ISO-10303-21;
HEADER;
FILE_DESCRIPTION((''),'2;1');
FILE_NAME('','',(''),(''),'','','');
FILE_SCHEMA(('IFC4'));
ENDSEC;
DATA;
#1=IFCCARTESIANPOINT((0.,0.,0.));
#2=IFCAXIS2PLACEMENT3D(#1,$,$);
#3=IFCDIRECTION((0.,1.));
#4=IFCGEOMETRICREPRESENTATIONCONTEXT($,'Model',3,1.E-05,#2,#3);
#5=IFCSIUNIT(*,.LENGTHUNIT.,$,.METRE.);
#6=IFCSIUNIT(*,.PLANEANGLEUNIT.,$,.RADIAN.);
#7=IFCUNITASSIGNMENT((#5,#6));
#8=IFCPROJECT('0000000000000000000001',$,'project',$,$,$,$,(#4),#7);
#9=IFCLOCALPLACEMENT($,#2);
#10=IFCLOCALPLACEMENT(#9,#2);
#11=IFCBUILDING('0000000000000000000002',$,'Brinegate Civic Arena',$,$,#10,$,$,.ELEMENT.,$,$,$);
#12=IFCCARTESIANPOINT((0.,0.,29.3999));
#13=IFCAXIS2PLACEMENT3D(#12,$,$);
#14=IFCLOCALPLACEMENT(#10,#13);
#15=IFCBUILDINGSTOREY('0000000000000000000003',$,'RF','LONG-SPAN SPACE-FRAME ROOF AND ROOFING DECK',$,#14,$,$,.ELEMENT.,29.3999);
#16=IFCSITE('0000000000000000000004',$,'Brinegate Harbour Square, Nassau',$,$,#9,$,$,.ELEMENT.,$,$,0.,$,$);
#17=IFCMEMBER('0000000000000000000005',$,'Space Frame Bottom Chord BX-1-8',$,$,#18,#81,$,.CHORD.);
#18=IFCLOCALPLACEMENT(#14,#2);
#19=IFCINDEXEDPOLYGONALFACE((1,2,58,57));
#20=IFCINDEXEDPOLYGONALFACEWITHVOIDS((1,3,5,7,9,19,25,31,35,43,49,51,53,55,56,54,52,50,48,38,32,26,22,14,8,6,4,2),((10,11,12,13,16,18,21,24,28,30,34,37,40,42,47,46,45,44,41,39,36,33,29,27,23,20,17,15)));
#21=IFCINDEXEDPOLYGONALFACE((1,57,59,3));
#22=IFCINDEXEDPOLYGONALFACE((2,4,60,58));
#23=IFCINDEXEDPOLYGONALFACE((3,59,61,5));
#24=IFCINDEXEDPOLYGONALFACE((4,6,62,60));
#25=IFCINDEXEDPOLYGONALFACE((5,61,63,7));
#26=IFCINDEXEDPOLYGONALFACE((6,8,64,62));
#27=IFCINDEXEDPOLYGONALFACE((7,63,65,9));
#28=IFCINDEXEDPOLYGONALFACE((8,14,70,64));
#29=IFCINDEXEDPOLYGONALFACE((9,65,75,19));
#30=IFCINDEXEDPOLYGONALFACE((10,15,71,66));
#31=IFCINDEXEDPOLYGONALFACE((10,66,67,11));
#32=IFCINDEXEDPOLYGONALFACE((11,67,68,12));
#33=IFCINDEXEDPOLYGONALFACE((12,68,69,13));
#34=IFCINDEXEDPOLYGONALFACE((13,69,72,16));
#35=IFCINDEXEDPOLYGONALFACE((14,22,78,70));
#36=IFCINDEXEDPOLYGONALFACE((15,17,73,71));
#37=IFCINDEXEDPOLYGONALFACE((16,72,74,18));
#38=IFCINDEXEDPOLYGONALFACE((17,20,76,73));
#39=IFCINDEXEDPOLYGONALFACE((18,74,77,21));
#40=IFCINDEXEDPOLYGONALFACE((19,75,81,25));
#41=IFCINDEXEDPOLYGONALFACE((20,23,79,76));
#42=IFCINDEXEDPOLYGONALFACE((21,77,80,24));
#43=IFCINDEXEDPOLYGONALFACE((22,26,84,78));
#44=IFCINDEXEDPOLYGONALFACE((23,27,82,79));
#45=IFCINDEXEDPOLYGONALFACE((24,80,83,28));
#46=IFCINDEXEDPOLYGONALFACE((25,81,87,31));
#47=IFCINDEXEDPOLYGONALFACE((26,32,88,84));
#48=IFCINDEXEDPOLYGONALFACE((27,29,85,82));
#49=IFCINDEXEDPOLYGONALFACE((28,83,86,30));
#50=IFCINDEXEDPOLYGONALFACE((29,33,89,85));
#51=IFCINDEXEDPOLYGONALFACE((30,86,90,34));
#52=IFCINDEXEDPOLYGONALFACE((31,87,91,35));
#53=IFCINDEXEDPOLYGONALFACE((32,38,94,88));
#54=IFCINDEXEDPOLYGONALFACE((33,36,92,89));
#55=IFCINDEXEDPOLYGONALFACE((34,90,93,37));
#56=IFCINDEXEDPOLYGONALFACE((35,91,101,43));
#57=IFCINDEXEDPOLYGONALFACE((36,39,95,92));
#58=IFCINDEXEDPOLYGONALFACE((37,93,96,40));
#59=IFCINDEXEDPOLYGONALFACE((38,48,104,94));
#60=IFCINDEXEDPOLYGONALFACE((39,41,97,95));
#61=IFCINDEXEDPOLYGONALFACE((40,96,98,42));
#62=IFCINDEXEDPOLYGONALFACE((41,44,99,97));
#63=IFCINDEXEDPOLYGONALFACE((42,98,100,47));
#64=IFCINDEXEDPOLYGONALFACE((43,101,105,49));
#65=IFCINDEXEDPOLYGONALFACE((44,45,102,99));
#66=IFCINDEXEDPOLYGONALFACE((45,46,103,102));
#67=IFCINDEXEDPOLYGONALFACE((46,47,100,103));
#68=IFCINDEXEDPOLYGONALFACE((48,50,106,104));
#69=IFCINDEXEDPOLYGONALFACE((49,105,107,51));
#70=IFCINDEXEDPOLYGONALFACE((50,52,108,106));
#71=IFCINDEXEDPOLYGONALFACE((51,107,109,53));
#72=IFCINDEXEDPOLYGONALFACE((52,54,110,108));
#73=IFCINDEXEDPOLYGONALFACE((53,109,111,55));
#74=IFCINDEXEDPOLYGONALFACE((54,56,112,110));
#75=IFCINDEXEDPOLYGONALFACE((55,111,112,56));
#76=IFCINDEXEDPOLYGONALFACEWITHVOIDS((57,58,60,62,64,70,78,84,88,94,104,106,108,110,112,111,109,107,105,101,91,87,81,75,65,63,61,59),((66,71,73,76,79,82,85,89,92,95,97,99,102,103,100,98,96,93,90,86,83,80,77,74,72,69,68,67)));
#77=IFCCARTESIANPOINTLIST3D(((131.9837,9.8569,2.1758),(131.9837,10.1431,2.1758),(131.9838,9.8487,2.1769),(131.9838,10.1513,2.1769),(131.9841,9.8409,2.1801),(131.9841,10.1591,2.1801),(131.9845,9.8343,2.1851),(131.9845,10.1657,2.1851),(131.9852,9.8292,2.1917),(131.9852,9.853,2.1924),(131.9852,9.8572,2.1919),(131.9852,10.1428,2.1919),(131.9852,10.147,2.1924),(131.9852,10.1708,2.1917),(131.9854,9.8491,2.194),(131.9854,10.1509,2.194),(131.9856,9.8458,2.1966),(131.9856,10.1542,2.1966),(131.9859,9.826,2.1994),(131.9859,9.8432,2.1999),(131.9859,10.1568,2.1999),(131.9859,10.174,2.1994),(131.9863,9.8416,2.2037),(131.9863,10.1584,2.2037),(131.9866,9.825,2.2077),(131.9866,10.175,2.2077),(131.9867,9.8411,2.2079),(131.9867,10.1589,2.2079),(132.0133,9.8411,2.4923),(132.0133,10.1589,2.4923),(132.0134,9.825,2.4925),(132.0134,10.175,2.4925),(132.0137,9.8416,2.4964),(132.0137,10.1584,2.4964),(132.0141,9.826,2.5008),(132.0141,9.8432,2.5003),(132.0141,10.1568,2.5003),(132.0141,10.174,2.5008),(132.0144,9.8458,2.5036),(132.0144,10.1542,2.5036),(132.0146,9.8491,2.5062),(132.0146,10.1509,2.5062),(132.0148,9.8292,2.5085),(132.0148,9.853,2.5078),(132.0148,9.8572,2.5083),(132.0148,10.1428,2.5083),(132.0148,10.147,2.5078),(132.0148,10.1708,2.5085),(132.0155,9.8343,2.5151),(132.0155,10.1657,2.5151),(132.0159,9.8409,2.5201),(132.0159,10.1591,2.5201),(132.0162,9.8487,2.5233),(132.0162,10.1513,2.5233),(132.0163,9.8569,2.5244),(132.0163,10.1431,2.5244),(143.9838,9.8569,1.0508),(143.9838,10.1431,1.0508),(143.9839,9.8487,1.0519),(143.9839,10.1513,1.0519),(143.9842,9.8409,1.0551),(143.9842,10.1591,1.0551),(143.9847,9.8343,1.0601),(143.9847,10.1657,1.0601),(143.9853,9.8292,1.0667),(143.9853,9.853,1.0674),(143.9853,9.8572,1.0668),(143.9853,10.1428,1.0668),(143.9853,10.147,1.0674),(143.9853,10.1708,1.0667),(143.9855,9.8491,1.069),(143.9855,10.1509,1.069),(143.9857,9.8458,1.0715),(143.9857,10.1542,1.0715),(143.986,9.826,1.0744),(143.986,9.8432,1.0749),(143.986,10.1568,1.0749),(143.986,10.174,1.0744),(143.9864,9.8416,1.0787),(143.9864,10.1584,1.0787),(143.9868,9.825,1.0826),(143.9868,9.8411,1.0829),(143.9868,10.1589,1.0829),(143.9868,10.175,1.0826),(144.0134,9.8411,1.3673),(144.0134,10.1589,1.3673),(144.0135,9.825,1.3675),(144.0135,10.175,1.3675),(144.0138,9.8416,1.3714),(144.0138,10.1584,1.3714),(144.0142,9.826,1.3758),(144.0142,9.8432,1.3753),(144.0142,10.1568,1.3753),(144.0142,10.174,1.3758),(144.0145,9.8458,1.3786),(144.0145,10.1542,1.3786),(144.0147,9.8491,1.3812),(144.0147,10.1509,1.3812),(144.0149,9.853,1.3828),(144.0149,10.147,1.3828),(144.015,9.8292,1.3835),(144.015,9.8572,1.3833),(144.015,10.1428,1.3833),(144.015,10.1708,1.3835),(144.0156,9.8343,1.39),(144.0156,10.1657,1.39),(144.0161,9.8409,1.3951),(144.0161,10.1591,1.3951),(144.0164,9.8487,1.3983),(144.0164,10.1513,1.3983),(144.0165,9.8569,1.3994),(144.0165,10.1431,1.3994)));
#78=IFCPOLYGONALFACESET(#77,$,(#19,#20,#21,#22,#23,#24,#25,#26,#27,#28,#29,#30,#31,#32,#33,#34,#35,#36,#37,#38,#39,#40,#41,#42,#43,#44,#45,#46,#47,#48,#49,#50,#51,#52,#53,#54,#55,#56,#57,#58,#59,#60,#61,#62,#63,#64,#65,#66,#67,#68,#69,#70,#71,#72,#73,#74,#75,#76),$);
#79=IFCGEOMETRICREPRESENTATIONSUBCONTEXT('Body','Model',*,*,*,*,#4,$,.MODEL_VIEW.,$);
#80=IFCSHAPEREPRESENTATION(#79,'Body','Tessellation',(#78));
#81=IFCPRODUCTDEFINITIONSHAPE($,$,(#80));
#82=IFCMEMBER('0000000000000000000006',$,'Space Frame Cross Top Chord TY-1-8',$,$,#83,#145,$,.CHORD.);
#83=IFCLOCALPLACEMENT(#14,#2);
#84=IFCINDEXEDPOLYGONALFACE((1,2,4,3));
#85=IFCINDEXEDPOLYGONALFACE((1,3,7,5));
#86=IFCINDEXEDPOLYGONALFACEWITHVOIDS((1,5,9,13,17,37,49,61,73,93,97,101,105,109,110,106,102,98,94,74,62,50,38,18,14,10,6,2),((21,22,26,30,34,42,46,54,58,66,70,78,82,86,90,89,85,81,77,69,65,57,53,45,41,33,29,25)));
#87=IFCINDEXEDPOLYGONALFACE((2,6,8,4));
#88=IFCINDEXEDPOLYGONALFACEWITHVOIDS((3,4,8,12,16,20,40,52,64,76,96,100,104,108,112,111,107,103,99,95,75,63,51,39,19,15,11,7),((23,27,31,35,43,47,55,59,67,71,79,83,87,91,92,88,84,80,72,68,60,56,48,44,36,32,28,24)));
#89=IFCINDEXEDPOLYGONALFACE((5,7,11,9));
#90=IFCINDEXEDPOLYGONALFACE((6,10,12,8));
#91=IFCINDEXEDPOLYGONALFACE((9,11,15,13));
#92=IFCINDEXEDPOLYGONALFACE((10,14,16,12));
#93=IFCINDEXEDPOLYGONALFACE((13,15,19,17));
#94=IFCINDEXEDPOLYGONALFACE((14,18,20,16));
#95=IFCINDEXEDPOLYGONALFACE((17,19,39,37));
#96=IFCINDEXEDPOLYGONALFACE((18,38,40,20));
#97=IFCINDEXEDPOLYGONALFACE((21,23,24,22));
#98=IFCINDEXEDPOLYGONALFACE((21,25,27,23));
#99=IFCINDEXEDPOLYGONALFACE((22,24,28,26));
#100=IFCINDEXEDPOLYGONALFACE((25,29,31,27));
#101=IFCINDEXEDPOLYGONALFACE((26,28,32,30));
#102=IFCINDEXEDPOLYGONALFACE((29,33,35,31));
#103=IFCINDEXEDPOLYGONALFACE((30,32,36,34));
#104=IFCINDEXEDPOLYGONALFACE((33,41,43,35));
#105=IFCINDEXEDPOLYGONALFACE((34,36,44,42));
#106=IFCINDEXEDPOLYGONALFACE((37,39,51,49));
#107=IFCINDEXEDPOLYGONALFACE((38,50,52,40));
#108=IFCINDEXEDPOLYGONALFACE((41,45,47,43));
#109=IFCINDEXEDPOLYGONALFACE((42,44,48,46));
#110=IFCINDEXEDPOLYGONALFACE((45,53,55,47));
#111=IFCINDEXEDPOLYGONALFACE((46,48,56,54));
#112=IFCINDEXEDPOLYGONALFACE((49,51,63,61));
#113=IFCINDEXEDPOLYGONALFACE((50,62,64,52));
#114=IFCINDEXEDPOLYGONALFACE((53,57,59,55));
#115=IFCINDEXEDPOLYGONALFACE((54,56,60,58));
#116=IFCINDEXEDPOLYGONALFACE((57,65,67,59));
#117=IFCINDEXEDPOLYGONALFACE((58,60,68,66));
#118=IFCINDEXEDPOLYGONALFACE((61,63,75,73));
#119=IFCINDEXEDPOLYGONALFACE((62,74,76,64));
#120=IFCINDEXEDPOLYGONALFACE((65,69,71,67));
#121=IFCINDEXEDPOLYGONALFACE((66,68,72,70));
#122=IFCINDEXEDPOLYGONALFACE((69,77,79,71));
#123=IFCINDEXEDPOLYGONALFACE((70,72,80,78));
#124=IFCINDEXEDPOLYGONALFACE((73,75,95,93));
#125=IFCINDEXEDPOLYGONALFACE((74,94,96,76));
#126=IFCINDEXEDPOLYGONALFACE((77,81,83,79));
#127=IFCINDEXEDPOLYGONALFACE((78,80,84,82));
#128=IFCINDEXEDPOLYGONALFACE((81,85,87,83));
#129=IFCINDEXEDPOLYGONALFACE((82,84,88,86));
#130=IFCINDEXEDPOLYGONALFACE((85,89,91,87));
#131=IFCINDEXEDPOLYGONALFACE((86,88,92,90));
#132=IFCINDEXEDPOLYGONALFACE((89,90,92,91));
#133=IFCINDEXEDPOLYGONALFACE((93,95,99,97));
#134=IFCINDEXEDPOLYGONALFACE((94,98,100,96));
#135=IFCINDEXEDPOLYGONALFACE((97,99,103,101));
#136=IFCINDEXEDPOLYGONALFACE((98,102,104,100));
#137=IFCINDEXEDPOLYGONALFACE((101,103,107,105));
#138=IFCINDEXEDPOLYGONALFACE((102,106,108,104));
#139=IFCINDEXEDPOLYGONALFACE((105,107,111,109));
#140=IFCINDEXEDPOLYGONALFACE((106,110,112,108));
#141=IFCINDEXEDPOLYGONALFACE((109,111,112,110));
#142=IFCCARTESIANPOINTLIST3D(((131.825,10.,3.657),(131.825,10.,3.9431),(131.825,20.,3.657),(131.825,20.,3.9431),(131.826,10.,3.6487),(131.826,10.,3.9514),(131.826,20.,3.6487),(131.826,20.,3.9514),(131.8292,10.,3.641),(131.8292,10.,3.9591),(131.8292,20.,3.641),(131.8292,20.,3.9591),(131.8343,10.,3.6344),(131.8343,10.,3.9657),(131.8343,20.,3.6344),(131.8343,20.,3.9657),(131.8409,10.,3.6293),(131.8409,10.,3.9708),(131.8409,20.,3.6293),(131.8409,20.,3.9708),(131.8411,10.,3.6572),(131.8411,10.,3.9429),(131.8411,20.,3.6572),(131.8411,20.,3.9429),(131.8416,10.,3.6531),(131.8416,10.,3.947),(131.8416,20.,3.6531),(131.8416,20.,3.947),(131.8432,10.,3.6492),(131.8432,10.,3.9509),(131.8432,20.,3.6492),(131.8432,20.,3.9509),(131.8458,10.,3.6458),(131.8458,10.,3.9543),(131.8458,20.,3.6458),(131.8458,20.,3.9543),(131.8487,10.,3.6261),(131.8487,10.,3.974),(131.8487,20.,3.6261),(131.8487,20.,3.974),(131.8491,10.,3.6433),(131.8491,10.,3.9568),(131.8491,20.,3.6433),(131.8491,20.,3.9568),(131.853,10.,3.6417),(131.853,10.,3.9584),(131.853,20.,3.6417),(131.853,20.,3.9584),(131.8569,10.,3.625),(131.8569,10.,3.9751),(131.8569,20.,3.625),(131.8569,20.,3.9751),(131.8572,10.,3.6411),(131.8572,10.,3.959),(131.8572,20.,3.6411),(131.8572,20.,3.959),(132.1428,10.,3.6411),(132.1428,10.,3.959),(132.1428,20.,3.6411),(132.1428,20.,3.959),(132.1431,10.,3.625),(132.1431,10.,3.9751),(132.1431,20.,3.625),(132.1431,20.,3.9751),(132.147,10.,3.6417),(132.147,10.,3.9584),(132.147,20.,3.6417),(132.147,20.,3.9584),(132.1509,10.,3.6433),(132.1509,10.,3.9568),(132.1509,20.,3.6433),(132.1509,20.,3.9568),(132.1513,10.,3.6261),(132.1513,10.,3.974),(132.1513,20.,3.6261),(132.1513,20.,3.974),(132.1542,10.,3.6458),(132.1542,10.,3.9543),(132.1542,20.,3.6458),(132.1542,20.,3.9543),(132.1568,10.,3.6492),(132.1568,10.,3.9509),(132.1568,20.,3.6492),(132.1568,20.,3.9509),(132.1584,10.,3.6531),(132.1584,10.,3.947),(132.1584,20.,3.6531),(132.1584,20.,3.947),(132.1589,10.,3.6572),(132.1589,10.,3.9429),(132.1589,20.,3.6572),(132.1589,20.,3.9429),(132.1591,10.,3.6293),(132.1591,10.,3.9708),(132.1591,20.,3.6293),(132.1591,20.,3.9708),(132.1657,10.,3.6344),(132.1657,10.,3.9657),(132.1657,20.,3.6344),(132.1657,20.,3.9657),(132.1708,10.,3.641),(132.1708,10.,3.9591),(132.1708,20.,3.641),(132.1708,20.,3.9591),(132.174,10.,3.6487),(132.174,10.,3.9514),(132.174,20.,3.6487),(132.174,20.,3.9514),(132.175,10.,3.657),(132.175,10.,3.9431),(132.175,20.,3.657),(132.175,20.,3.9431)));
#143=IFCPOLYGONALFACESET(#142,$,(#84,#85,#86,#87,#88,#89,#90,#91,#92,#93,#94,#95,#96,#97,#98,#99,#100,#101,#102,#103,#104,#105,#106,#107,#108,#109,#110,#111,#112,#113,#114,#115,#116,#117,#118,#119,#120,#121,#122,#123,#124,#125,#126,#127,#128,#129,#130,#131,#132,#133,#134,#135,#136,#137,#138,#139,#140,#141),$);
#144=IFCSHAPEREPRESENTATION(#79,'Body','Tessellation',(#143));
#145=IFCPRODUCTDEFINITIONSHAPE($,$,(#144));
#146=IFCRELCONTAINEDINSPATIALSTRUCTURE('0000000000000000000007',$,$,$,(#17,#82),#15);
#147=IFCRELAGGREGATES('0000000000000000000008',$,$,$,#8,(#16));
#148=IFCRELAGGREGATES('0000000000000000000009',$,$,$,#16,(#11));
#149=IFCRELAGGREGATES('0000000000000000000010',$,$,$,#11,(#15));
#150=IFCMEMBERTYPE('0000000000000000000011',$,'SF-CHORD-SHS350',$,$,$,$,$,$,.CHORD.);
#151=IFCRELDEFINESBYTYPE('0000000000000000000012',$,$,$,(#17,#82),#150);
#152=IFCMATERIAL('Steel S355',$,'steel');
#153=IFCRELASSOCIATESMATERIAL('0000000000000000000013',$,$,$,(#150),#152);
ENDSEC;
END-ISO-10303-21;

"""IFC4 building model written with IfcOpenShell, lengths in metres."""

from ifc_helpers import new_model, si_unit, direction, frame, origin, origin_2d, place, context, subcontext, project, spatial, hollow_rectangle, extrude, material, material_profile, profile_set, type_object, element, save


model = new_model("IFC4")

# Units and contexts
model_context = context("Model", 3, precision=1e-05, world=origin(), true_north=direction((0.0, 1.0)))
body_context = subcontext(model_context, "Body", "Model", "MODEL_VIEW")
ifc_project = project(units=[si_unit("LENGTHUNIT", "METRE"), si_unit("PLANEANGLEUNIT", "RADIAN")], contexts=[model_context])

# Site, building, storey
site_placement = place(None, origin())
site = spatial("IfcSite", under=ifc_project, at=site_placement, Name="Brinegate Harbour Square, Nassau", CompositionType="ELEMENT", RefElevation=0.0)
building_placement = place(site_placement, origin())
building = spatial("IfcBuilding", under=site, at=building_placement, Name="Brinegate Civic Arena", CompositionType="ELEMENT")
storey_placement = place(building_placement, frame((0.0, 0.0, 29.3999)))
storey = spatial("IfcBuildingStorey", under=building, at=storey_placement, Name="RF", Description="LONG-SPAN SPACE-FRAME ROOF AND ROOFING DECK", CompositionType="ELEMENT", Elevation=29.3999)

# Shared definitions
ifc_material_1 = material(Name="Steel S355", Category="steel")

# Members
ifc_material_profile_1 = material_profile(ifc_material_1, hollow_rectangle(XDim=0.3501, YDim=0.3501, WallThickness=0.0161, InnerFilletRadius=0.0161, OuterFilletRadius=0.032, at=origin_2d()), Name="SHS350X16")
ifc_profile_set_1 = profile_set([ifc_material_profile_1], Name="Steel S355")
member_type_1 = type_object("IfcMemberType", Name="SF-CHORD-SHS350", PredefinedType="CHORD", material=ifc_profile_set_1)
member_1_placement = place(storey_placement, frame((132.0, 10.0, 2.3501), z_axis=(0.995634, 0.0, -0.093341), x_axis=(0.0, 1.0, 0.0)))
element("IfcMember", 1, at=member_1_placement, inside=storey, type_object=member_type_1, Name="Space Frame Bottom Chord BX-1-8", PredefinedType="CHORD", context=body_context, shape_type="SweptSolid", body=[
    extrude(hollow_rectangle(XDim=0.3501, YDim=0.3501, WallThickness=0.0161, InnerFilletRadius=0.0161, OuterFilletRadius=0.032, at=origin_2d()), origin(), (0.0, 0.0, 1.0), 12.0527),
])
member_2_placement = place(storey_placement, frame((132.0, 10.0, 3.8), z_axis=(0.0, 1.0, 0.0), x_axis=(-1.0, 0.0, 0.0)))
element("IfcMember", 2, at=member_2_placement, inside=storey, type_object=member_type_1, Name="Space Frame Cross Top Chord TY-1-8", PredefinedType="CHORD", context=body_context, shape_type="SweptSolid", body=[
    extrude(hollow_rectangle(XDim=0.3501, YDim=0.3501, WallThickness=0.0161, InnerFilletRadius=0.0161, OuterFilletRadius=0.032, at=origin_2d()), origin(), (0.0, 0.0, 1.0), 10.0),
])

save(model, "model.ifc")
